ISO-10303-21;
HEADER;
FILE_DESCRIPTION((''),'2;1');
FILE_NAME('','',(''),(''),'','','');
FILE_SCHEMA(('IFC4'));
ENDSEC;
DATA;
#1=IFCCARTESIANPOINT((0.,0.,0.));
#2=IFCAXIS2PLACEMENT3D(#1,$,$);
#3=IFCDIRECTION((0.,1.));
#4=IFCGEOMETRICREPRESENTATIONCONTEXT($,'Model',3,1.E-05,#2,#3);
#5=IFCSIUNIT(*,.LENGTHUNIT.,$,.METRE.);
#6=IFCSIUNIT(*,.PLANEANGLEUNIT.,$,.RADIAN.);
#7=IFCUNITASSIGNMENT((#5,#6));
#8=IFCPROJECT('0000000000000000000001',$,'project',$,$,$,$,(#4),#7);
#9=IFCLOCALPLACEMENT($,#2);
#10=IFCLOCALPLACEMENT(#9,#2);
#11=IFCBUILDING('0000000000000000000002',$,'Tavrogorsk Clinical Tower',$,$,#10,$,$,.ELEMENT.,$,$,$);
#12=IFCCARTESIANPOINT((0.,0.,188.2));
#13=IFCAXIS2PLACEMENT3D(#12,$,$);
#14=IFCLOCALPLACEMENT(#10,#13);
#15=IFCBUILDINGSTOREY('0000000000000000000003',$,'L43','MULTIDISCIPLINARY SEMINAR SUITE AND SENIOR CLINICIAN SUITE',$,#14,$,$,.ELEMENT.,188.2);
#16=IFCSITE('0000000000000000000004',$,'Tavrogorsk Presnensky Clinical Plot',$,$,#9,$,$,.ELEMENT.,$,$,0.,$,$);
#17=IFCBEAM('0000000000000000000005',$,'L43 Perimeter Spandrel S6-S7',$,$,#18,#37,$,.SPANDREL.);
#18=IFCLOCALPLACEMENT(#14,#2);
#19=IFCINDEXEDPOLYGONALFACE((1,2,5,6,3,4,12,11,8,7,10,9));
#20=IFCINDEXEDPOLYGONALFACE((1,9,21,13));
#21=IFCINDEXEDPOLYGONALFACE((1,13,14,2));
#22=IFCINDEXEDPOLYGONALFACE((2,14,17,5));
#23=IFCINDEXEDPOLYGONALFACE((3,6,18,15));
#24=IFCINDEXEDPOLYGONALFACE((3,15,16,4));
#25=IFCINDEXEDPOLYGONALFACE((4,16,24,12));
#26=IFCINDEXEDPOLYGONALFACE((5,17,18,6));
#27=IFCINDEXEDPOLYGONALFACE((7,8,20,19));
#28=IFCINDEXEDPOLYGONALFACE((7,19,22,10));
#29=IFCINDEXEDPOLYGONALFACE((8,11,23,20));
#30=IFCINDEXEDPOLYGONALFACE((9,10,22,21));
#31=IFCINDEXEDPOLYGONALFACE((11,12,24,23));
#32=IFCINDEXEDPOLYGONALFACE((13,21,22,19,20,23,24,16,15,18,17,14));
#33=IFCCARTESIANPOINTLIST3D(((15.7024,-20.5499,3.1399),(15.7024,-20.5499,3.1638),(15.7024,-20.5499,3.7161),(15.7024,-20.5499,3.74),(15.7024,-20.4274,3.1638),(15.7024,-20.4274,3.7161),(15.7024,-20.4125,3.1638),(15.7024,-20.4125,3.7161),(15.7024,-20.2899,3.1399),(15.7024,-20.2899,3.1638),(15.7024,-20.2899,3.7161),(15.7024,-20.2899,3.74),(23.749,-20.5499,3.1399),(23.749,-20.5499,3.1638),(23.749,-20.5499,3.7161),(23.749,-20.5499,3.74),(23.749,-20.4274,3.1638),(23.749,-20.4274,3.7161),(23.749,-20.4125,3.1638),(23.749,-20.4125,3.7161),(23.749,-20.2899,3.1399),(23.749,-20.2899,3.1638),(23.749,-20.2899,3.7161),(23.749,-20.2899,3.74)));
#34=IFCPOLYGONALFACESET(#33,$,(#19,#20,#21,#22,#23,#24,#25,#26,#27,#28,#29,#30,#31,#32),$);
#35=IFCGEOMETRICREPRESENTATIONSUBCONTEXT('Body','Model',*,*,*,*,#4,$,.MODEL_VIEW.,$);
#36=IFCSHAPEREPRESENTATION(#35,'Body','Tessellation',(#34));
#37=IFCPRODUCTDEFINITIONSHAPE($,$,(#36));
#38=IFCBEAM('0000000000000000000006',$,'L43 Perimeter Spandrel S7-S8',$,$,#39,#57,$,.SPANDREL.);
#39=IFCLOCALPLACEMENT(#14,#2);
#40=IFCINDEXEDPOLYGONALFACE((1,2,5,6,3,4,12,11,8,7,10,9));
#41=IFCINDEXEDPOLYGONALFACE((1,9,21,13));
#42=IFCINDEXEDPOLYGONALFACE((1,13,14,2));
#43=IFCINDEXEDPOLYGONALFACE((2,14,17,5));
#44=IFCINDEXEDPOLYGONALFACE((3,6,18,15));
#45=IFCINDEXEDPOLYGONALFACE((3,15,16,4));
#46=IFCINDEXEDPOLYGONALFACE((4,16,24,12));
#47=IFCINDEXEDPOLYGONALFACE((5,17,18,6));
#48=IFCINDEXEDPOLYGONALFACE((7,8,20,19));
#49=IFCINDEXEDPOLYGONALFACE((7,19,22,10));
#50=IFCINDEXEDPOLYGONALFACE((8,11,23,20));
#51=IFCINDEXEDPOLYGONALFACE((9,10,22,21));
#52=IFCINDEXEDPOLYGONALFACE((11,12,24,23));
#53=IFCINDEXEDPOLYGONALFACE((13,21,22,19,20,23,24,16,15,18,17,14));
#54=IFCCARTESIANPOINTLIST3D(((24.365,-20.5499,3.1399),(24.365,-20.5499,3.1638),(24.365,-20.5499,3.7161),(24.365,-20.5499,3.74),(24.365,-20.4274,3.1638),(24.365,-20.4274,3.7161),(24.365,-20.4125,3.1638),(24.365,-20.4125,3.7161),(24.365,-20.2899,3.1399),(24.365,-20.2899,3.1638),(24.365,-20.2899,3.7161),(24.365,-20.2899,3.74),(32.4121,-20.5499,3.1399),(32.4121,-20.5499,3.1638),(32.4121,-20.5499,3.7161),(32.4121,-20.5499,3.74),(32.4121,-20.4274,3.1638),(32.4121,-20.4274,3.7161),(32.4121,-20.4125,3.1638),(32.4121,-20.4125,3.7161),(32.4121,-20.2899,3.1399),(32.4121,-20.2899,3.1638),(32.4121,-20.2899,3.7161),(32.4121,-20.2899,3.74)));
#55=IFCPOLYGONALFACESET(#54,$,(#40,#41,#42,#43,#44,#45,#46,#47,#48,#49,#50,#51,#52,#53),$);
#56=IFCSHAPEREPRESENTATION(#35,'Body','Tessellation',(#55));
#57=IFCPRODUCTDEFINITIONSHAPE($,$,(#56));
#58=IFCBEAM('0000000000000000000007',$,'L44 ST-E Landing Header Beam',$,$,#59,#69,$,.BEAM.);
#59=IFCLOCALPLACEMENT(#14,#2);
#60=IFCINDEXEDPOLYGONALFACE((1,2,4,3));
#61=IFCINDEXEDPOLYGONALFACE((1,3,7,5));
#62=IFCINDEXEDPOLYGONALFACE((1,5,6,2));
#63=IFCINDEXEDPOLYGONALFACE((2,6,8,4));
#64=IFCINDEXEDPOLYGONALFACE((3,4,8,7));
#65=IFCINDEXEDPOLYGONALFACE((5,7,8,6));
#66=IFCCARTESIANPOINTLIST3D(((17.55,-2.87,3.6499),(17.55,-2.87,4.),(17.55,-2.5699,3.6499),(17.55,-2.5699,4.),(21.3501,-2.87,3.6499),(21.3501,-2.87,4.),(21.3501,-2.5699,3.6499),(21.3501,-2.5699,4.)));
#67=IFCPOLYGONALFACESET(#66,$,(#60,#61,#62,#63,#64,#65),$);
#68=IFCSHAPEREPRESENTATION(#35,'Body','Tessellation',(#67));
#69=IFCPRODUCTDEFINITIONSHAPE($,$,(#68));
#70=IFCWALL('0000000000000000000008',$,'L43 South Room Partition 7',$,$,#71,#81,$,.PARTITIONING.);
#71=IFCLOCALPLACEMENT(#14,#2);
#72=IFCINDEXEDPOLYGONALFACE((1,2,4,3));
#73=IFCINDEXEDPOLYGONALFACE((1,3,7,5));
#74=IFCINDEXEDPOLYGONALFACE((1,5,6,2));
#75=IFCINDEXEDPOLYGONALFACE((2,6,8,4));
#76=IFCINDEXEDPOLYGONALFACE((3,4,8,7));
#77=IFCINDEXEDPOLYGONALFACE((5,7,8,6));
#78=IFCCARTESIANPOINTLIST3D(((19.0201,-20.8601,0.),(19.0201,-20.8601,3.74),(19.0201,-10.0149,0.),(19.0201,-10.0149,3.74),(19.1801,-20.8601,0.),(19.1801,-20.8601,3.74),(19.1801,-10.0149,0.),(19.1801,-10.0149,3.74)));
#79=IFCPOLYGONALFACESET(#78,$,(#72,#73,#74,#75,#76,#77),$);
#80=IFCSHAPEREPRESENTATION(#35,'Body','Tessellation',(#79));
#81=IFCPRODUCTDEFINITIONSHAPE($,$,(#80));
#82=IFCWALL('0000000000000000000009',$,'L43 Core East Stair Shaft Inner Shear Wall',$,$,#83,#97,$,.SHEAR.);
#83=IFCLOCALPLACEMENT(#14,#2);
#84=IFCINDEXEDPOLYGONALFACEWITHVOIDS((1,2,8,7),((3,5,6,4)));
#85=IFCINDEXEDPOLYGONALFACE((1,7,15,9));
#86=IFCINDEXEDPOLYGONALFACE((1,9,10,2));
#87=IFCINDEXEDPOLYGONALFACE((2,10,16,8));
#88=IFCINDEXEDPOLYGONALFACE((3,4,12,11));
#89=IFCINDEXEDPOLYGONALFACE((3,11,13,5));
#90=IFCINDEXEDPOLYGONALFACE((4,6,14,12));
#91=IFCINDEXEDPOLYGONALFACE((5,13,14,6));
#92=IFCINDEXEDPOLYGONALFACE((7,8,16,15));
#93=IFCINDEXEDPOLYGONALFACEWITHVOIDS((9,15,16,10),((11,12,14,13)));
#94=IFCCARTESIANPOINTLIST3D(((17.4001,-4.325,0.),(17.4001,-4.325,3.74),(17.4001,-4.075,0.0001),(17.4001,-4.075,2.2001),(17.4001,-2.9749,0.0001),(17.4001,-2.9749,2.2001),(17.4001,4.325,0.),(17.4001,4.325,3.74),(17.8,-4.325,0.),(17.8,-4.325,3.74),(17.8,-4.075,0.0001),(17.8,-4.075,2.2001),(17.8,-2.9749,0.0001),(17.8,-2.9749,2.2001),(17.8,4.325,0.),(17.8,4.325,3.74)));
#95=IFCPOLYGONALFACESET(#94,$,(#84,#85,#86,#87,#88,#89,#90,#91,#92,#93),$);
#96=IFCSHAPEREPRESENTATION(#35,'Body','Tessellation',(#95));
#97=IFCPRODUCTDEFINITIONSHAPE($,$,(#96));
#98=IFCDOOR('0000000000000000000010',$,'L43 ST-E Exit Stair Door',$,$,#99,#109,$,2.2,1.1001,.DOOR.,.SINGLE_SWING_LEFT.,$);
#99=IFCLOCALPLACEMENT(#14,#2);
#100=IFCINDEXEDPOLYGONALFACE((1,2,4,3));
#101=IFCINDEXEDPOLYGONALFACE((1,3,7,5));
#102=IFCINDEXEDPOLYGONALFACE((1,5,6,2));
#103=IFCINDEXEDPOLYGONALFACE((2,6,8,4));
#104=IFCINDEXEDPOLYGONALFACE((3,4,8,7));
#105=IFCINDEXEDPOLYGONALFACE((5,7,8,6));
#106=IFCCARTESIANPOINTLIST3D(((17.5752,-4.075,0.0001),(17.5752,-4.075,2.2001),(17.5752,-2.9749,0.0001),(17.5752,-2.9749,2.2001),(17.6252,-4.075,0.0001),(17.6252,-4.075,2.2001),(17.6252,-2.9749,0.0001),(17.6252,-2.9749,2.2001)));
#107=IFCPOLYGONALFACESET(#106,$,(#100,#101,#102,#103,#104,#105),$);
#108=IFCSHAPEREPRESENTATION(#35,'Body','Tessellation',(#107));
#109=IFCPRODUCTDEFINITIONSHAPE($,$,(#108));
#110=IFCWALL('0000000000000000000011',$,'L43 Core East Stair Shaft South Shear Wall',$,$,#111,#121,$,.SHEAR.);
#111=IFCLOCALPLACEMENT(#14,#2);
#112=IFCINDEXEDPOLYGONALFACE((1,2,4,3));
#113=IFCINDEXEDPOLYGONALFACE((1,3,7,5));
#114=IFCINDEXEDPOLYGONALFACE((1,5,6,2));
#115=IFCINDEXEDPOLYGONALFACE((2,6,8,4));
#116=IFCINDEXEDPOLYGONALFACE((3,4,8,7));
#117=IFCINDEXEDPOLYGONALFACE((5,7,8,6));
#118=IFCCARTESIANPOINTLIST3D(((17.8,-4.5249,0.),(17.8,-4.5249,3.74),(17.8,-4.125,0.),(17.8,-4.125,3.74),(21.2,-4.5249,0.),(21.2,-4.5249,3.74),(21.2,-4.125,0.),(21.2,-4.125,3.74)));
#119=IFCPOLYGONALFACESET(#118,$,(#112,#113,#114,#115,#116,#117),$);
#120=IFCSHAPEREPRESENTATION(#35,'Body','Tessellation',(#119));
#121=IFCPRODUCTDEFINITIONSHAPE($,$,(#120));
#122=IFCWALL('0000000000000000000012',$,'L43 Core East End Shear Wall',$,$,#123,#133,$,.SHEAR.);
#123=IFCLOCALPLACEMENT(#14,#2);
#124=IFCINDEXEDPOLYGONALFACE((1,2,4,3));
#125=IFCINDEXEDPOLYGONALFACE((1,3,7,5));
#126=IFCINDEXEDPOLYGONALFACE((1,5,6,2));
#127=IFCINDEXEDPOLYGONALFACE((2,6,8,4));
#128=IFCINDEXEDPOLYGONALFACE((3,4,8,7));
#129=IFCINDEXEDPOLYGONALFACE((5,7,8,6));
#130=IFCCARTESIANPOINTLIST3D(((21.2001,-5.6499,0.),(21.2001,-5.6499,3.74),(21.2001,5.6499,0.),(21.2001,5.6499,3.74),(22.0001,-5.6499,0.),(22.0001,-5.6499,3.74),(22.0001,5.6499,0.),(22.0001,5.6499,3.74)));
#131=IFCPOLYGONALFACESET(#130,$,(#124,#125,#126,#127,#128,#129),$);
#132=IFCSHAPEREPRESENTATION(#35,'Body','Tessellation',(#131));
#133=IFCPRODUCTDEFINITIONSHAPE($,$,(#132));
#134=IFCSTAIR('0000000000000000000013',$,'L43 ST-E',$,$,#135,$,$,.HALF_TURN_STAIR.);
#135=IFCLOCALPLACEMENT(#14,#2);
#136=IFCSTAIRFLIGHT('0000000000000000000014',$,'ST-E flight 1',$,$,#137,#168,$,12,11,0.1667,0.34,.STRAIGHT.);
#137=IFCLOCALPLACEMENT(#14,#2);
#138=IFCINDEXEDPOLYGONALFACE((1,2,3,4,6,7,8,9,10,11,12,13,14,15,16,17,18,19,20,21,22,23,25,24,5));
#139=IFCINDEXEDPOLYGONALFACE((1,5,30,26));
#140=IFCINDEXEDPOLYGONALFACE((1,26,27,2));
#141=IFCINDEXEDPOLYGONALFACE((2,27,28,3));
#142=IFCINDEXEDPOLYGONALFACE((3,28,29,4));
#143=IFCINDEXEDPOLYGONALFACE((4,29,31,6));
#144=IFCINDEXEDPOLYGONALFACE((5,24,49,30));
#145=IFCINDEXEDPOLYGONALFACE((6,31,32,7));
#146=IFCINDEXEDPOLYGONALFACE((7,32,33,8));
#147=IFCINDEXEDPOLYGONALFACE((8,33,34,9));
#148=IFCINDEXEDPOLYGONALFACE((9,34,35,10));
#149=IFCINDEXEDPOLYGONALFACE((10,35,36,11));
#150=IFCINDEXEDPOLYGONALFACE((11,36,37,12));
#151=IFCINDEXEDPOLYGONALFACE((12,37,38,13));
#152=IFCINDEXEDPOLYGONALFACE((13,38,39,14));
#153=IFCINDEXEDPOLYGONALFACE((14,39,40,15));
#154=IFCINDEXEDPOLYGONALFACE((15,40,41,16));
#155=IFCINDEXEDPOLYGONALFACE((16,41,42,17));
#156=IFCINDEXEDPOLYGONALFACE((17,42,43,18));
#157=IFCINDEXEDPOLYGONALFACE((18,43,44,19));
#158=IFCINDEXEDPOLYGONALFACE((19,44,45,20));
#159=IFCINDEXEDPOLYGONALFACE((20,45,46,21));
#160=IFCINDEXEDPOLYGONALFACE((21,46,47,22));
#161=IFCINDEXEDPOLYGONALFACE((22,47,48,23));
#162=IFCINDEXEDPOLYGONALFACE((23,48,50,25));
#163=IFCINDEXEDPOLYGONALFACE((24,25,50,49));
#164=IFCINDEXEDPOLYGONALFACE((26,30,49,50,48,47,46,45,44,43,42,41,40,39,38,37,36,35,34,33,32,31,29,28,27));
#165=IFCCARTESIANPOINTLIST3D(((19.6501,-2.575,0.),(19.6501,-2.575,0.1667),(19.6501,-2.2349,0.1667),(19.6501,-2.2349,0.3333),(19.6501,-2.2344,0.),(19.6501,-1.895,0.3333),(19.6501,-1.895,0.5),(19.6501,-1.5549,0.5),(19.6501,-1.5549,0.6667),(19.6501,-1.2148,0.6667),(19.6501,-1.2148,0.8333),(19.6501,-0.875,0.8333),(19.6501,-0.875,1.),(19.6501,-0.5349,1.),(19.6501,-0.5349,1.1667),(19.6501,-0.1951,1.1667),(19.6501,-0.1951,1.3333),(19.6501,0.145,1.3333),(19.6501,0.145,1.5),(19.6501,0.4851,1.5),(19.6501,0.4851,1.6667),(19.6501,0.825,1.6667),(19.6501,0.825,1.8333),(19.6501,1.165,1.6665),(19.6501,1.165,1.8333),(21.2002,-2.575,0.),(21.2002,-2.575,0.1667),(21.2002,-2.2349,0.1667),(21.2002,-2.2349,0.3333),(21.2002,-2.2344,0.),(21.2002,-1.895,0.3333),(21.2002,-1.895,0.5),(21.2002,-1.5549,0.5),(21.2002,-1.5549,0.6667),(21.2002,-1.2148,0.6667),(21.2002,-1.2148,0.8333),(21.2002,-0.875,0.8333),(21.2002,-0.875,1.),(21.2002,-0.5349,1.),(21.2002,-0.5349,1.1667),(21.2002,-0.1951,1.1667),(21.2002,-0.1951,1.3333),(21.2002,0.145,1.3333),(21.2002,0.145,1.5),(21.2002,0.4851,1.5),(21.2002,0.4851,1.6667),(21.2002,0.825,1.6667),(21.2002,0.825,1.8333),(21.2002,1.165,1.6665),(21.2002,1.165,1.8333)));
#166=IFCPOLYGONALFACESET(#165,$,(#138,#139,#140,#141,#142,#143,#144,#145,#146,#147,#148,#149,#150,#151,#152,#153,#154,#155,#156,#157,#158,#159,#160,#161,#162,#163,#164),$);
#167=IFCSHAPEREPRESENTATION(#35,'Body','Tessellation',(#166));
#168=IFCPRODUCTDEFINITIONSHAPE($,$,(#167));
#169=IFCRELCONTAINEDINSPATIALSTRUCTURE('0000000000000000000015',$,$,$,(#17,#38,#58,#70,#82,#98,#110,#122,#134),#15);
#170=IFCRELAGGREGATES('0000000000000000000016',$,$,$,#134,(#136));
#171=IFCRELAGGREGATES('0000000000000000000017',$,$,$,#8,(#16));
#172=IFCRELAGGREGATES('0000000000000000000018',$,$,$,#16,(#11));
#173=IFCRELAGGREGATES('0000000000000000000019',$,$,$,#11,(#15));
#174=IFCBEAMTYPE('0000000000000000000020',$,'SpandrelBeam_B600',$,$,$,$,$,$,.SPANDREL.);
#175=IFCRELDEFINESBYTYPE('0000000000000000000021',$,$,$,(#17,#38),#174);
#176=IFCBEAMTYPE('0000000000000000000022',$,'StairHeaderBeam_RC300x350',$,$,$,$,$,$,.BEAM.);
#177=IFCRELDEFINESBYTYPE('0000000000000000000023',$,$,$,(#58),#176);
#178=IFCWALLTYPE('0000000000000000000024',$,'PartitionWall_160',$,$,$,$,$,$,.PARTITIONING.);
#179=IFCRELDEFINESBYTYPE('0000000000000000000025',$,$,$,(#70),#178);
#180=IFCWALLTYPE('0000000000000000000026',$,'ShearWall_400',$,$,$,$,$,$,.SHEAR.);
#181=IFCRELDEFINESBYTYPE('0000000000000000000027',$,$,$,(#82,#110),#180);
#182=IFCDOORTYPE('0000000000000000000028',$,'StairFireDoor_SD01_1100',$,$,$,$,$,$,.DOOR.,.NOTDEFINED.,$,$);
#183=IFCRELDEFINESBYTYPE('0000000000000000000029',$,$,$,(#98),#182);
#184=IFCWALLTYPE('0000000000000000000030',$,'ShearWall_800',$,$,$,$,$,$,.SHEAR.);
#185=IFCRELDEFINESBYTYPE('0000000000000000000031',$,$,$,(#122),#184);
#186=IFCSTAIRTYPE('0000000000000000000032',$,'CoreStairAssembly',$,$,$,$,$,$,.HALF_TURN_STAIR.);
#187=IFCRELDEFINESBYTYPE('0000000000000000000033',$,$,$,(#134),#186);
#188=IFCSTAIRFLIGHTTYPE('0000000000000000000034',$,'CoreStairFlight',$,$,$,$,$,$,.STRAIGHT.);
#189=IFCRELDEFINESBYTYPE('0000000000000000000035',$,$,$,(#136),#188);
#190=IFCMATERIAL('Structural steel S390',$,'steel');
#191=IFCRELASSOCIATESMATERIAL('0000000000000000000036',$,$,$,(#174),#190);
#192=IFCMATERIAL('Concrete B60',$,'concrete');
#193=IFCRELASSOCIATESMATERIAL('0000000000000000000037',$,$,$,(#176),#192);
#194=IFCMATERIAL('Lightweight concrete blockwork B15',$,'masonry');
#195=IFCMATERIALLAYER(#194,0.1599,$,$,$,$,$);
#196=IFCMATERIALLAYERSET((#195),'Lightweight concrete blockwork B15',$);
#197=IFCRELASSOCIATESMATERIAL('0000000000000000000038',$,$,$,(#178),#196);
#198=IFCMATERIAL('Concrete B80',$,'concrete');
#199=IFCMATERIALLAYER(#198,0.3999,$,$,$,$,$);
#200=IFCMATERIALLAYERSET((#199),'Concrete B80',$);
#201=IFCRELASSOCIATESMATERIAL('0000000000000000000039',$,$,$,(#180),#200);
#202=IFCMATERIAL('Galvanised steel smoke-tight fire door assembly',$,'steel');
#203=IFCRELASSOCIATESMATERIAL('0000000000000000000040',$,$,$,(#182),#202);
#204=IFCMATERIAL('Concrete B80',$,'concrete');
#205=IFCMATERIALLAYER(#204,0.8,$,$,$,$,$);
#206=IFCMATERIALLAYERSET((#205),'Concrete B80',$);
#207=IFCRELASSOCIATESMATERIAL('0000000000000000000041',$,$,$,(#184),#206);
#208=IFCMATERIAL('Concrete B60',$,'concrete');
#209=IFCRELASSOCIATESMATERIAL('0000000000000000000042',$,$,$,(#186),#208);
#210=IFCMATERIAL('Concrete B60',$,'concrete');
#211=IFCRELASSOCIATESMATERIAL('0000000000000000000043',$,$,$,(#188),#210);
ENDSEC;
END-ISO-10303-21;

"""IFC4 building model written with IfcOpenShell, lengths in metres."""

from ifc_helpers import new_model, si_unit, direction, frame, frame_2d, origin, origin_2d, place, context, subcontext, project, spatial, polyline, rectangle, i_section, outline, extrude, material, layer, layer_set, material_profile, profile_set, type_object, element, fill, aggregate, save


model = new_model("IFC4")

# Units and contexts
model_context = context("Model", 3, precision=1e-05, world=origin(), true_north=direction((0.0, 1.0)))
body_context = subcontext(model_context, "Body", "Model", "MODEL_VIEW")
ifc_project = project(units=[si_unit("LENGTHUNIT", "METRE"), si_unit("PLANEANGLEUNIT", "RADIAN")], contexts=[model_context])

# Site, building, storey
site_placement = place(None, origin())
site = spatial("IfcSite", under=ifc_project, at=site_placement, Name="Tavrogorsk Presnensky Clinical Plot", CompositionType="ELEMENT", RefElevation=0.0)
building_placement = place(site_placement, origin())
building = spatial("IfcBuilding", under=site, at=building_placement, Name="Tavrogorsk Clinical Tower", CompositionType="ELEMENT")
storey_placement = place(building_placement, frame((0.0, 0.0, 188.2)))
storey = spatial("IfcBuildingStorey", under=building, at=storey_placement, Name="L43", Description="MULTIDISCIPLINARY SEMINAR SUITE AND SENIOR CLINICIAN SUITE", CompositionType="ELEMENT", Elevation=188.2)

# Beams
ifc_material_1 = material(Name="Structural steel S390", Category="steel")
ifc_material_profile_1 = material_profile(ifc_material_1, i_section(OverallWidth=0.26, OverallDepth=0.6001, WebThickness=0.0149, FlangeThickness=0.0239, at=origin_2d()), Name="B-600x260x15x24")
ifc_profile_set_1 = profile_set([ifc_material_profile_1], Name="Structural steel S390")
beam_type_1 = type_object("IfcBeamType", Name="SpandrelBeam_B600", PredefinedType="SPANDREL", material=ifc_profile_set_1)
beam_1_placement = place(storey_placement, frame((15.7024, -20.4199, 3.4399), z_axis=(1.0, 0.0, 0.0), x_axis=(0.0, 1.0, 0.0)))
element("IfcBeam", 1, at=beam_1_placement, inside=storey, type_object=beam_type_1, Name="L43 Perimeter Spandrel S6-S7", PredefinedType="SPANDREL", context=body_context, shape_type="SweptSolid", body=[
    extrude(i_section(OverallWidth=0.26, OverallDepth=0.6001, WebThickness=0.0149, FlangeThickness=0.0239, at=origin_2d()), origin(), (0.0, 0.0, 1.0), 8.0466),
])
beam_2_placement = place(storey_placement, frame((24.365, -20.4199, 3.4399), z_axis=(1.0, 0.0, 0.0), x_axis=(0.0, 1.0, 0.0)))
element("IfcBeam", 2, at=beam_2_placement, inside=storey, type_object=beam_type_1, Name="L43 Perimeter Spandrel S7-S8", PredefinedType="SPANDREL", context=body_context, shape_type="SweptSolid", body=[
    extrude(i_section(OverallWidth=0.26, OverallDepth=0.6001, WebThickness=0.0149, FlangeThickness=0.0239, at=origin_2d()), origin(), (0.0, 0.0, 1.0), 8.0471),
])
ifc_material_2 = material(Name="Concrete B60", Category="concrete")
ifc_material_profile_2 = material_profile(ifc_material_2, rectangle(XDim=0.3, YDim=0.3501, at=origin_2d()), Name="RC-SHB-300x350")
ifc_profile_set_2 = profile_set([ifc_material_profile_2], Name="Concrete B60")
beam_type_2 = type_object("IfcBeamType", Name="StairHeaderBeam_RC300x350", PredefinedType="BEAM", material=ifc_profile_set_2)
beam_3_placement = place(storey_placement, frame((17.55, -2.72, 3.825), z_axis=(1.0, 0.0, 0.0), x_axis=(0.0, 1.0, 0.0)))
element("IfcBeam", 3, at=beam_3_placement, inside=storey, type_object=beam_type_2, Name="L44 ST-E Landing Header Beam", PredefinedType="BEAM", context=body_context, shape_type="SweptSolid", body=[
    extrude(rectangle(XDim=0.3, YDim=0.3501, at=origin_2d()), origin(), (0.0, 0.0, 1.0), 3.8),
])

# Wall
ifc_material_3 = material(Name="Lightweight concrete blockwork B15", Category="masonry")
ifc_layer_1 = layer(ifc_material_3, 0.1599)
ifc_layer_set_1 = layer_set([ifc_layer_1], Name="Lightweight concrete blockwork B15")
wall_type_1 = type_object("IfcWallType", Name="PartitionWall_160", PredefinedType="PARTITIONING", material=ifc_layer_set_1)
wall_1_placement = place(storey_placement, frame((19.1001, -20.8601, 0.0), z_axis=(0.0, 0.0, 1.0), x_axis=(0.0, 1.0, 0.0)))
element("IfcWall", 4, at=wall_1_placement, inside=storey, type_object=wall_type_1, Name="L43 South Room Partition 7", PredefinedType="PARTITIONING", context=body_context, shape_type="SweptSolid", body=[
    extrude(rectangle(XDim=10.8452, YDim=0.1599, at=frame_2d((5.4226, 0.0))), origin(), (0.0, 0.0, 1.0), 3.74),
])

# Wall, opening, door
ifc_material_4 = material(Name="Concrete B80", Category="concrete")
ifc_layer_2 = layer(ifc_material_4, 0.3999)
ifc_layer_set_2 = layer_set([ifc_layer_2], Name="Concrete B80")
wall_type_2 = type_object("IfcWallType", Name="ShearWall_400", PredefinedType="SHEAR", material=ifc_layer_set_2)
wall_2_placement = place(storey_placement, frame((17.6001, -4.325, 0.0), z_axis=(0.0, 0.0, 1.0), x_axis=(0.0, 1.0, 0.0)))
wall_2 = element("IfcWall", 5, at=wall_2_placement, inside=storey, type_object=wall_type_2, Name="L43 Core East Stair Shaft Inner Shear Wall", PredefinedType="SHEAR", context=body_context, shape_type="SweptSolid", body=[
    extrude(rectangle(XDim=8.6499, YDim=0.3999, at=frame_2d((4.325, 0.0))), origin(), (0.0, 0.0, 1.0), 3.74),
])
opening_placement = place(wall_2_placement, frame((0.25, 0.0, 0.0)))
opening = element("IfcOpeningElement", 6, at=opening_placement, cuts=wall_2, PredefinedType="OPENING", context=body_context, shape_type="SweptSolid", body=[
    extrude(rectangle(XDim=1.1001, YDim=2.2, at=frame_2d((0.55, 1.1001))), frame((0.0, 0.21, 0.0), z_axis=(0.0, -1.0, 0.0), x_axis=(1.0, 0.0, 0.0)), (0.0, 0.0, 1.0), 0.4199),
])
ifc_material_5 = material(Name="Galvanised steel smoke-tight fire door assembly", Category="steel")
door_type = type_object("IfcDoorType", Name="StairFireDoor_SD01_1100", OperationType="NOTDEFINED", PredefinedType="DOOR", material=ifc_material_5)
door_placement = place(opening_placement, origin())
door = element("IfcDoor", 7, at=door_placement, inside=storey, type_object=door_type, Name="L43 ST-E Exit Stair Door", OperationType="SINGLE_SWING_LEFT", OverallHeight=2.2, OverallWidth=1.1001, PredefinedType="DOOR", context=body_context, shape_type="SweptSolid", body=[
    extrude(rectangle(XDim=1.1001, YDim=2.2, at=frame_2d((0.55, 1.1001))), frame((0.0, 0.0249, 0.0), z_axis=(0.0, -1.0, 0.0), x_axis=(1.0, 0.0, 0.0)), (0.0, 0.0, 1.0), 0.05),
])
fill(opening, door)

# Walls
wall_3_placement = place(storey_placement, frame((17.8, -4.325, 0.0), z_axis=(0.0, 0.0, 1.0), x_axis=(1.0, 0.0, 0.0)))
element("IfcWall", 8, at=wall_3_placement, inside=storey, type_object=wall_type_2, Name="L43 Core East Stair Shaft South Shear Wall", PredefinedType="SHEAR", context=body_context, shape_type="SweptSolid", body=[
    extrude(rectangle(XDim=3.3999, YDim=0.3999, at=frame_2d((1.7, 0.0))), origin(), (0.0, 0.0, 1.0), 3.74),
])
ifc_material_6 = material(Name="Concrete B80", Category="concrete")
ifc_layer_3 = layer(ifc_material_6, 0.8)
ifc_layer_set_3 = layer_set([ifc_layer_3], Name="Concrete B80")
wall_type_3 = type_object("IfcWallType", Name="ShearWall_800", PredefinedType="SHEAR", material=ifc_layer_set_3)
wall_4_placement = place(storey_placement, frame((21.6001, -5.6499, 0.0), z_axis=(0.0, 0.0, 1.0), x_axis=(0.0, 1.0, 0.0)))
element("IfcWall", 9, at=wall_4_placement, inside=storey, type_object=wall_type_3, Name="L43 Core East End Shear Wall", PredefinedType="SHEAR", context=body_context, shape_type="SweptSolid", body=[
    extrude(rectangle(XDim=11.2998, YDim=0.8, at=frame_2d((5.6499, 0.0))), origin(), (0.0, 0.0, 1.0), 3.74),
])

# Stair, stair flight
ifc_material_7 = material(Name="Concrete B60", Category="concrete")
stair_type = type_object("IfcStairType", Name="CoreStairAssembly", PredefinedType="HALF_TURN_STAIR", material=ifc_material_7)
stair_placement = place(storey_placement, origin())
stair = element("IfcStair", 10, at=stair_placement, inside=storey, type_object=stair_type, Name="L43 ST-E", PredefinedType="HALF_TURN_STAIR")
ifc_material_8 = material(Name="Concrete B60", Category="concrete")
stair_flight_type = type_object("IfcStairFlightType", Name="CoreStairFlight", PredefinedType="STRAIGHT", material=ifc_material_8)
stair_flight_placement = place(storey_placement, frame((20.425, -2.575, 0.0), z_axis=(0.0, 0.0, 1.0), x_axis=(0.0, 1.0, 0.0)))
stair_flight = element("IfcStairFlight", 11, at=stair_flight_placement, type_object=stair_flight_type, Name="ST-E flight 1", NumberOfRisers=12, NumberOfTreads=11, PredefinedType="STRAIGHT", RiserHeight=0.1667, TreadLength=0.34, context=body_context, shape_type="SweptSolid", body=[
    extrude(outline(polyline([(0.0, 0.0), (0.0, 0.1667), (0.3401, 0.1667), (0.3401, 0.3333), (0.6799, 0.3333), (0.6799, 0.5), (1.02, 0.5), (1.02, 0.6667), (1.3601, 0.6667), (1.3601, 0.8333), (1.7, 0.8333), (1.7, 1.0), (2.04, 1.0), (2.04, 1.1667), (2.3799, 1.1667), (2.3799, 1.3333), (2.72, 1.3333), (2.72, 1.5), (3.0601, 1.5), (3.0601, 1.6667), (3.3999, 1.6667), (3.3999, 1.8333), (3.74, 1.8333), (3.74, 2.0), (3.74, 1.6665), (0.3406, 0.0), (0.0, 0.0)])), frame((0.0, 0.7749, 0.0), z_axis=(0.0, -1.0, 0.0), x_axis=(1.0, 0.0, 0.0)), (0.0, 0.0, 1.0), 1.55),
])
aggregate(stair, [stair_flight])

save(model, "model.ifc")
